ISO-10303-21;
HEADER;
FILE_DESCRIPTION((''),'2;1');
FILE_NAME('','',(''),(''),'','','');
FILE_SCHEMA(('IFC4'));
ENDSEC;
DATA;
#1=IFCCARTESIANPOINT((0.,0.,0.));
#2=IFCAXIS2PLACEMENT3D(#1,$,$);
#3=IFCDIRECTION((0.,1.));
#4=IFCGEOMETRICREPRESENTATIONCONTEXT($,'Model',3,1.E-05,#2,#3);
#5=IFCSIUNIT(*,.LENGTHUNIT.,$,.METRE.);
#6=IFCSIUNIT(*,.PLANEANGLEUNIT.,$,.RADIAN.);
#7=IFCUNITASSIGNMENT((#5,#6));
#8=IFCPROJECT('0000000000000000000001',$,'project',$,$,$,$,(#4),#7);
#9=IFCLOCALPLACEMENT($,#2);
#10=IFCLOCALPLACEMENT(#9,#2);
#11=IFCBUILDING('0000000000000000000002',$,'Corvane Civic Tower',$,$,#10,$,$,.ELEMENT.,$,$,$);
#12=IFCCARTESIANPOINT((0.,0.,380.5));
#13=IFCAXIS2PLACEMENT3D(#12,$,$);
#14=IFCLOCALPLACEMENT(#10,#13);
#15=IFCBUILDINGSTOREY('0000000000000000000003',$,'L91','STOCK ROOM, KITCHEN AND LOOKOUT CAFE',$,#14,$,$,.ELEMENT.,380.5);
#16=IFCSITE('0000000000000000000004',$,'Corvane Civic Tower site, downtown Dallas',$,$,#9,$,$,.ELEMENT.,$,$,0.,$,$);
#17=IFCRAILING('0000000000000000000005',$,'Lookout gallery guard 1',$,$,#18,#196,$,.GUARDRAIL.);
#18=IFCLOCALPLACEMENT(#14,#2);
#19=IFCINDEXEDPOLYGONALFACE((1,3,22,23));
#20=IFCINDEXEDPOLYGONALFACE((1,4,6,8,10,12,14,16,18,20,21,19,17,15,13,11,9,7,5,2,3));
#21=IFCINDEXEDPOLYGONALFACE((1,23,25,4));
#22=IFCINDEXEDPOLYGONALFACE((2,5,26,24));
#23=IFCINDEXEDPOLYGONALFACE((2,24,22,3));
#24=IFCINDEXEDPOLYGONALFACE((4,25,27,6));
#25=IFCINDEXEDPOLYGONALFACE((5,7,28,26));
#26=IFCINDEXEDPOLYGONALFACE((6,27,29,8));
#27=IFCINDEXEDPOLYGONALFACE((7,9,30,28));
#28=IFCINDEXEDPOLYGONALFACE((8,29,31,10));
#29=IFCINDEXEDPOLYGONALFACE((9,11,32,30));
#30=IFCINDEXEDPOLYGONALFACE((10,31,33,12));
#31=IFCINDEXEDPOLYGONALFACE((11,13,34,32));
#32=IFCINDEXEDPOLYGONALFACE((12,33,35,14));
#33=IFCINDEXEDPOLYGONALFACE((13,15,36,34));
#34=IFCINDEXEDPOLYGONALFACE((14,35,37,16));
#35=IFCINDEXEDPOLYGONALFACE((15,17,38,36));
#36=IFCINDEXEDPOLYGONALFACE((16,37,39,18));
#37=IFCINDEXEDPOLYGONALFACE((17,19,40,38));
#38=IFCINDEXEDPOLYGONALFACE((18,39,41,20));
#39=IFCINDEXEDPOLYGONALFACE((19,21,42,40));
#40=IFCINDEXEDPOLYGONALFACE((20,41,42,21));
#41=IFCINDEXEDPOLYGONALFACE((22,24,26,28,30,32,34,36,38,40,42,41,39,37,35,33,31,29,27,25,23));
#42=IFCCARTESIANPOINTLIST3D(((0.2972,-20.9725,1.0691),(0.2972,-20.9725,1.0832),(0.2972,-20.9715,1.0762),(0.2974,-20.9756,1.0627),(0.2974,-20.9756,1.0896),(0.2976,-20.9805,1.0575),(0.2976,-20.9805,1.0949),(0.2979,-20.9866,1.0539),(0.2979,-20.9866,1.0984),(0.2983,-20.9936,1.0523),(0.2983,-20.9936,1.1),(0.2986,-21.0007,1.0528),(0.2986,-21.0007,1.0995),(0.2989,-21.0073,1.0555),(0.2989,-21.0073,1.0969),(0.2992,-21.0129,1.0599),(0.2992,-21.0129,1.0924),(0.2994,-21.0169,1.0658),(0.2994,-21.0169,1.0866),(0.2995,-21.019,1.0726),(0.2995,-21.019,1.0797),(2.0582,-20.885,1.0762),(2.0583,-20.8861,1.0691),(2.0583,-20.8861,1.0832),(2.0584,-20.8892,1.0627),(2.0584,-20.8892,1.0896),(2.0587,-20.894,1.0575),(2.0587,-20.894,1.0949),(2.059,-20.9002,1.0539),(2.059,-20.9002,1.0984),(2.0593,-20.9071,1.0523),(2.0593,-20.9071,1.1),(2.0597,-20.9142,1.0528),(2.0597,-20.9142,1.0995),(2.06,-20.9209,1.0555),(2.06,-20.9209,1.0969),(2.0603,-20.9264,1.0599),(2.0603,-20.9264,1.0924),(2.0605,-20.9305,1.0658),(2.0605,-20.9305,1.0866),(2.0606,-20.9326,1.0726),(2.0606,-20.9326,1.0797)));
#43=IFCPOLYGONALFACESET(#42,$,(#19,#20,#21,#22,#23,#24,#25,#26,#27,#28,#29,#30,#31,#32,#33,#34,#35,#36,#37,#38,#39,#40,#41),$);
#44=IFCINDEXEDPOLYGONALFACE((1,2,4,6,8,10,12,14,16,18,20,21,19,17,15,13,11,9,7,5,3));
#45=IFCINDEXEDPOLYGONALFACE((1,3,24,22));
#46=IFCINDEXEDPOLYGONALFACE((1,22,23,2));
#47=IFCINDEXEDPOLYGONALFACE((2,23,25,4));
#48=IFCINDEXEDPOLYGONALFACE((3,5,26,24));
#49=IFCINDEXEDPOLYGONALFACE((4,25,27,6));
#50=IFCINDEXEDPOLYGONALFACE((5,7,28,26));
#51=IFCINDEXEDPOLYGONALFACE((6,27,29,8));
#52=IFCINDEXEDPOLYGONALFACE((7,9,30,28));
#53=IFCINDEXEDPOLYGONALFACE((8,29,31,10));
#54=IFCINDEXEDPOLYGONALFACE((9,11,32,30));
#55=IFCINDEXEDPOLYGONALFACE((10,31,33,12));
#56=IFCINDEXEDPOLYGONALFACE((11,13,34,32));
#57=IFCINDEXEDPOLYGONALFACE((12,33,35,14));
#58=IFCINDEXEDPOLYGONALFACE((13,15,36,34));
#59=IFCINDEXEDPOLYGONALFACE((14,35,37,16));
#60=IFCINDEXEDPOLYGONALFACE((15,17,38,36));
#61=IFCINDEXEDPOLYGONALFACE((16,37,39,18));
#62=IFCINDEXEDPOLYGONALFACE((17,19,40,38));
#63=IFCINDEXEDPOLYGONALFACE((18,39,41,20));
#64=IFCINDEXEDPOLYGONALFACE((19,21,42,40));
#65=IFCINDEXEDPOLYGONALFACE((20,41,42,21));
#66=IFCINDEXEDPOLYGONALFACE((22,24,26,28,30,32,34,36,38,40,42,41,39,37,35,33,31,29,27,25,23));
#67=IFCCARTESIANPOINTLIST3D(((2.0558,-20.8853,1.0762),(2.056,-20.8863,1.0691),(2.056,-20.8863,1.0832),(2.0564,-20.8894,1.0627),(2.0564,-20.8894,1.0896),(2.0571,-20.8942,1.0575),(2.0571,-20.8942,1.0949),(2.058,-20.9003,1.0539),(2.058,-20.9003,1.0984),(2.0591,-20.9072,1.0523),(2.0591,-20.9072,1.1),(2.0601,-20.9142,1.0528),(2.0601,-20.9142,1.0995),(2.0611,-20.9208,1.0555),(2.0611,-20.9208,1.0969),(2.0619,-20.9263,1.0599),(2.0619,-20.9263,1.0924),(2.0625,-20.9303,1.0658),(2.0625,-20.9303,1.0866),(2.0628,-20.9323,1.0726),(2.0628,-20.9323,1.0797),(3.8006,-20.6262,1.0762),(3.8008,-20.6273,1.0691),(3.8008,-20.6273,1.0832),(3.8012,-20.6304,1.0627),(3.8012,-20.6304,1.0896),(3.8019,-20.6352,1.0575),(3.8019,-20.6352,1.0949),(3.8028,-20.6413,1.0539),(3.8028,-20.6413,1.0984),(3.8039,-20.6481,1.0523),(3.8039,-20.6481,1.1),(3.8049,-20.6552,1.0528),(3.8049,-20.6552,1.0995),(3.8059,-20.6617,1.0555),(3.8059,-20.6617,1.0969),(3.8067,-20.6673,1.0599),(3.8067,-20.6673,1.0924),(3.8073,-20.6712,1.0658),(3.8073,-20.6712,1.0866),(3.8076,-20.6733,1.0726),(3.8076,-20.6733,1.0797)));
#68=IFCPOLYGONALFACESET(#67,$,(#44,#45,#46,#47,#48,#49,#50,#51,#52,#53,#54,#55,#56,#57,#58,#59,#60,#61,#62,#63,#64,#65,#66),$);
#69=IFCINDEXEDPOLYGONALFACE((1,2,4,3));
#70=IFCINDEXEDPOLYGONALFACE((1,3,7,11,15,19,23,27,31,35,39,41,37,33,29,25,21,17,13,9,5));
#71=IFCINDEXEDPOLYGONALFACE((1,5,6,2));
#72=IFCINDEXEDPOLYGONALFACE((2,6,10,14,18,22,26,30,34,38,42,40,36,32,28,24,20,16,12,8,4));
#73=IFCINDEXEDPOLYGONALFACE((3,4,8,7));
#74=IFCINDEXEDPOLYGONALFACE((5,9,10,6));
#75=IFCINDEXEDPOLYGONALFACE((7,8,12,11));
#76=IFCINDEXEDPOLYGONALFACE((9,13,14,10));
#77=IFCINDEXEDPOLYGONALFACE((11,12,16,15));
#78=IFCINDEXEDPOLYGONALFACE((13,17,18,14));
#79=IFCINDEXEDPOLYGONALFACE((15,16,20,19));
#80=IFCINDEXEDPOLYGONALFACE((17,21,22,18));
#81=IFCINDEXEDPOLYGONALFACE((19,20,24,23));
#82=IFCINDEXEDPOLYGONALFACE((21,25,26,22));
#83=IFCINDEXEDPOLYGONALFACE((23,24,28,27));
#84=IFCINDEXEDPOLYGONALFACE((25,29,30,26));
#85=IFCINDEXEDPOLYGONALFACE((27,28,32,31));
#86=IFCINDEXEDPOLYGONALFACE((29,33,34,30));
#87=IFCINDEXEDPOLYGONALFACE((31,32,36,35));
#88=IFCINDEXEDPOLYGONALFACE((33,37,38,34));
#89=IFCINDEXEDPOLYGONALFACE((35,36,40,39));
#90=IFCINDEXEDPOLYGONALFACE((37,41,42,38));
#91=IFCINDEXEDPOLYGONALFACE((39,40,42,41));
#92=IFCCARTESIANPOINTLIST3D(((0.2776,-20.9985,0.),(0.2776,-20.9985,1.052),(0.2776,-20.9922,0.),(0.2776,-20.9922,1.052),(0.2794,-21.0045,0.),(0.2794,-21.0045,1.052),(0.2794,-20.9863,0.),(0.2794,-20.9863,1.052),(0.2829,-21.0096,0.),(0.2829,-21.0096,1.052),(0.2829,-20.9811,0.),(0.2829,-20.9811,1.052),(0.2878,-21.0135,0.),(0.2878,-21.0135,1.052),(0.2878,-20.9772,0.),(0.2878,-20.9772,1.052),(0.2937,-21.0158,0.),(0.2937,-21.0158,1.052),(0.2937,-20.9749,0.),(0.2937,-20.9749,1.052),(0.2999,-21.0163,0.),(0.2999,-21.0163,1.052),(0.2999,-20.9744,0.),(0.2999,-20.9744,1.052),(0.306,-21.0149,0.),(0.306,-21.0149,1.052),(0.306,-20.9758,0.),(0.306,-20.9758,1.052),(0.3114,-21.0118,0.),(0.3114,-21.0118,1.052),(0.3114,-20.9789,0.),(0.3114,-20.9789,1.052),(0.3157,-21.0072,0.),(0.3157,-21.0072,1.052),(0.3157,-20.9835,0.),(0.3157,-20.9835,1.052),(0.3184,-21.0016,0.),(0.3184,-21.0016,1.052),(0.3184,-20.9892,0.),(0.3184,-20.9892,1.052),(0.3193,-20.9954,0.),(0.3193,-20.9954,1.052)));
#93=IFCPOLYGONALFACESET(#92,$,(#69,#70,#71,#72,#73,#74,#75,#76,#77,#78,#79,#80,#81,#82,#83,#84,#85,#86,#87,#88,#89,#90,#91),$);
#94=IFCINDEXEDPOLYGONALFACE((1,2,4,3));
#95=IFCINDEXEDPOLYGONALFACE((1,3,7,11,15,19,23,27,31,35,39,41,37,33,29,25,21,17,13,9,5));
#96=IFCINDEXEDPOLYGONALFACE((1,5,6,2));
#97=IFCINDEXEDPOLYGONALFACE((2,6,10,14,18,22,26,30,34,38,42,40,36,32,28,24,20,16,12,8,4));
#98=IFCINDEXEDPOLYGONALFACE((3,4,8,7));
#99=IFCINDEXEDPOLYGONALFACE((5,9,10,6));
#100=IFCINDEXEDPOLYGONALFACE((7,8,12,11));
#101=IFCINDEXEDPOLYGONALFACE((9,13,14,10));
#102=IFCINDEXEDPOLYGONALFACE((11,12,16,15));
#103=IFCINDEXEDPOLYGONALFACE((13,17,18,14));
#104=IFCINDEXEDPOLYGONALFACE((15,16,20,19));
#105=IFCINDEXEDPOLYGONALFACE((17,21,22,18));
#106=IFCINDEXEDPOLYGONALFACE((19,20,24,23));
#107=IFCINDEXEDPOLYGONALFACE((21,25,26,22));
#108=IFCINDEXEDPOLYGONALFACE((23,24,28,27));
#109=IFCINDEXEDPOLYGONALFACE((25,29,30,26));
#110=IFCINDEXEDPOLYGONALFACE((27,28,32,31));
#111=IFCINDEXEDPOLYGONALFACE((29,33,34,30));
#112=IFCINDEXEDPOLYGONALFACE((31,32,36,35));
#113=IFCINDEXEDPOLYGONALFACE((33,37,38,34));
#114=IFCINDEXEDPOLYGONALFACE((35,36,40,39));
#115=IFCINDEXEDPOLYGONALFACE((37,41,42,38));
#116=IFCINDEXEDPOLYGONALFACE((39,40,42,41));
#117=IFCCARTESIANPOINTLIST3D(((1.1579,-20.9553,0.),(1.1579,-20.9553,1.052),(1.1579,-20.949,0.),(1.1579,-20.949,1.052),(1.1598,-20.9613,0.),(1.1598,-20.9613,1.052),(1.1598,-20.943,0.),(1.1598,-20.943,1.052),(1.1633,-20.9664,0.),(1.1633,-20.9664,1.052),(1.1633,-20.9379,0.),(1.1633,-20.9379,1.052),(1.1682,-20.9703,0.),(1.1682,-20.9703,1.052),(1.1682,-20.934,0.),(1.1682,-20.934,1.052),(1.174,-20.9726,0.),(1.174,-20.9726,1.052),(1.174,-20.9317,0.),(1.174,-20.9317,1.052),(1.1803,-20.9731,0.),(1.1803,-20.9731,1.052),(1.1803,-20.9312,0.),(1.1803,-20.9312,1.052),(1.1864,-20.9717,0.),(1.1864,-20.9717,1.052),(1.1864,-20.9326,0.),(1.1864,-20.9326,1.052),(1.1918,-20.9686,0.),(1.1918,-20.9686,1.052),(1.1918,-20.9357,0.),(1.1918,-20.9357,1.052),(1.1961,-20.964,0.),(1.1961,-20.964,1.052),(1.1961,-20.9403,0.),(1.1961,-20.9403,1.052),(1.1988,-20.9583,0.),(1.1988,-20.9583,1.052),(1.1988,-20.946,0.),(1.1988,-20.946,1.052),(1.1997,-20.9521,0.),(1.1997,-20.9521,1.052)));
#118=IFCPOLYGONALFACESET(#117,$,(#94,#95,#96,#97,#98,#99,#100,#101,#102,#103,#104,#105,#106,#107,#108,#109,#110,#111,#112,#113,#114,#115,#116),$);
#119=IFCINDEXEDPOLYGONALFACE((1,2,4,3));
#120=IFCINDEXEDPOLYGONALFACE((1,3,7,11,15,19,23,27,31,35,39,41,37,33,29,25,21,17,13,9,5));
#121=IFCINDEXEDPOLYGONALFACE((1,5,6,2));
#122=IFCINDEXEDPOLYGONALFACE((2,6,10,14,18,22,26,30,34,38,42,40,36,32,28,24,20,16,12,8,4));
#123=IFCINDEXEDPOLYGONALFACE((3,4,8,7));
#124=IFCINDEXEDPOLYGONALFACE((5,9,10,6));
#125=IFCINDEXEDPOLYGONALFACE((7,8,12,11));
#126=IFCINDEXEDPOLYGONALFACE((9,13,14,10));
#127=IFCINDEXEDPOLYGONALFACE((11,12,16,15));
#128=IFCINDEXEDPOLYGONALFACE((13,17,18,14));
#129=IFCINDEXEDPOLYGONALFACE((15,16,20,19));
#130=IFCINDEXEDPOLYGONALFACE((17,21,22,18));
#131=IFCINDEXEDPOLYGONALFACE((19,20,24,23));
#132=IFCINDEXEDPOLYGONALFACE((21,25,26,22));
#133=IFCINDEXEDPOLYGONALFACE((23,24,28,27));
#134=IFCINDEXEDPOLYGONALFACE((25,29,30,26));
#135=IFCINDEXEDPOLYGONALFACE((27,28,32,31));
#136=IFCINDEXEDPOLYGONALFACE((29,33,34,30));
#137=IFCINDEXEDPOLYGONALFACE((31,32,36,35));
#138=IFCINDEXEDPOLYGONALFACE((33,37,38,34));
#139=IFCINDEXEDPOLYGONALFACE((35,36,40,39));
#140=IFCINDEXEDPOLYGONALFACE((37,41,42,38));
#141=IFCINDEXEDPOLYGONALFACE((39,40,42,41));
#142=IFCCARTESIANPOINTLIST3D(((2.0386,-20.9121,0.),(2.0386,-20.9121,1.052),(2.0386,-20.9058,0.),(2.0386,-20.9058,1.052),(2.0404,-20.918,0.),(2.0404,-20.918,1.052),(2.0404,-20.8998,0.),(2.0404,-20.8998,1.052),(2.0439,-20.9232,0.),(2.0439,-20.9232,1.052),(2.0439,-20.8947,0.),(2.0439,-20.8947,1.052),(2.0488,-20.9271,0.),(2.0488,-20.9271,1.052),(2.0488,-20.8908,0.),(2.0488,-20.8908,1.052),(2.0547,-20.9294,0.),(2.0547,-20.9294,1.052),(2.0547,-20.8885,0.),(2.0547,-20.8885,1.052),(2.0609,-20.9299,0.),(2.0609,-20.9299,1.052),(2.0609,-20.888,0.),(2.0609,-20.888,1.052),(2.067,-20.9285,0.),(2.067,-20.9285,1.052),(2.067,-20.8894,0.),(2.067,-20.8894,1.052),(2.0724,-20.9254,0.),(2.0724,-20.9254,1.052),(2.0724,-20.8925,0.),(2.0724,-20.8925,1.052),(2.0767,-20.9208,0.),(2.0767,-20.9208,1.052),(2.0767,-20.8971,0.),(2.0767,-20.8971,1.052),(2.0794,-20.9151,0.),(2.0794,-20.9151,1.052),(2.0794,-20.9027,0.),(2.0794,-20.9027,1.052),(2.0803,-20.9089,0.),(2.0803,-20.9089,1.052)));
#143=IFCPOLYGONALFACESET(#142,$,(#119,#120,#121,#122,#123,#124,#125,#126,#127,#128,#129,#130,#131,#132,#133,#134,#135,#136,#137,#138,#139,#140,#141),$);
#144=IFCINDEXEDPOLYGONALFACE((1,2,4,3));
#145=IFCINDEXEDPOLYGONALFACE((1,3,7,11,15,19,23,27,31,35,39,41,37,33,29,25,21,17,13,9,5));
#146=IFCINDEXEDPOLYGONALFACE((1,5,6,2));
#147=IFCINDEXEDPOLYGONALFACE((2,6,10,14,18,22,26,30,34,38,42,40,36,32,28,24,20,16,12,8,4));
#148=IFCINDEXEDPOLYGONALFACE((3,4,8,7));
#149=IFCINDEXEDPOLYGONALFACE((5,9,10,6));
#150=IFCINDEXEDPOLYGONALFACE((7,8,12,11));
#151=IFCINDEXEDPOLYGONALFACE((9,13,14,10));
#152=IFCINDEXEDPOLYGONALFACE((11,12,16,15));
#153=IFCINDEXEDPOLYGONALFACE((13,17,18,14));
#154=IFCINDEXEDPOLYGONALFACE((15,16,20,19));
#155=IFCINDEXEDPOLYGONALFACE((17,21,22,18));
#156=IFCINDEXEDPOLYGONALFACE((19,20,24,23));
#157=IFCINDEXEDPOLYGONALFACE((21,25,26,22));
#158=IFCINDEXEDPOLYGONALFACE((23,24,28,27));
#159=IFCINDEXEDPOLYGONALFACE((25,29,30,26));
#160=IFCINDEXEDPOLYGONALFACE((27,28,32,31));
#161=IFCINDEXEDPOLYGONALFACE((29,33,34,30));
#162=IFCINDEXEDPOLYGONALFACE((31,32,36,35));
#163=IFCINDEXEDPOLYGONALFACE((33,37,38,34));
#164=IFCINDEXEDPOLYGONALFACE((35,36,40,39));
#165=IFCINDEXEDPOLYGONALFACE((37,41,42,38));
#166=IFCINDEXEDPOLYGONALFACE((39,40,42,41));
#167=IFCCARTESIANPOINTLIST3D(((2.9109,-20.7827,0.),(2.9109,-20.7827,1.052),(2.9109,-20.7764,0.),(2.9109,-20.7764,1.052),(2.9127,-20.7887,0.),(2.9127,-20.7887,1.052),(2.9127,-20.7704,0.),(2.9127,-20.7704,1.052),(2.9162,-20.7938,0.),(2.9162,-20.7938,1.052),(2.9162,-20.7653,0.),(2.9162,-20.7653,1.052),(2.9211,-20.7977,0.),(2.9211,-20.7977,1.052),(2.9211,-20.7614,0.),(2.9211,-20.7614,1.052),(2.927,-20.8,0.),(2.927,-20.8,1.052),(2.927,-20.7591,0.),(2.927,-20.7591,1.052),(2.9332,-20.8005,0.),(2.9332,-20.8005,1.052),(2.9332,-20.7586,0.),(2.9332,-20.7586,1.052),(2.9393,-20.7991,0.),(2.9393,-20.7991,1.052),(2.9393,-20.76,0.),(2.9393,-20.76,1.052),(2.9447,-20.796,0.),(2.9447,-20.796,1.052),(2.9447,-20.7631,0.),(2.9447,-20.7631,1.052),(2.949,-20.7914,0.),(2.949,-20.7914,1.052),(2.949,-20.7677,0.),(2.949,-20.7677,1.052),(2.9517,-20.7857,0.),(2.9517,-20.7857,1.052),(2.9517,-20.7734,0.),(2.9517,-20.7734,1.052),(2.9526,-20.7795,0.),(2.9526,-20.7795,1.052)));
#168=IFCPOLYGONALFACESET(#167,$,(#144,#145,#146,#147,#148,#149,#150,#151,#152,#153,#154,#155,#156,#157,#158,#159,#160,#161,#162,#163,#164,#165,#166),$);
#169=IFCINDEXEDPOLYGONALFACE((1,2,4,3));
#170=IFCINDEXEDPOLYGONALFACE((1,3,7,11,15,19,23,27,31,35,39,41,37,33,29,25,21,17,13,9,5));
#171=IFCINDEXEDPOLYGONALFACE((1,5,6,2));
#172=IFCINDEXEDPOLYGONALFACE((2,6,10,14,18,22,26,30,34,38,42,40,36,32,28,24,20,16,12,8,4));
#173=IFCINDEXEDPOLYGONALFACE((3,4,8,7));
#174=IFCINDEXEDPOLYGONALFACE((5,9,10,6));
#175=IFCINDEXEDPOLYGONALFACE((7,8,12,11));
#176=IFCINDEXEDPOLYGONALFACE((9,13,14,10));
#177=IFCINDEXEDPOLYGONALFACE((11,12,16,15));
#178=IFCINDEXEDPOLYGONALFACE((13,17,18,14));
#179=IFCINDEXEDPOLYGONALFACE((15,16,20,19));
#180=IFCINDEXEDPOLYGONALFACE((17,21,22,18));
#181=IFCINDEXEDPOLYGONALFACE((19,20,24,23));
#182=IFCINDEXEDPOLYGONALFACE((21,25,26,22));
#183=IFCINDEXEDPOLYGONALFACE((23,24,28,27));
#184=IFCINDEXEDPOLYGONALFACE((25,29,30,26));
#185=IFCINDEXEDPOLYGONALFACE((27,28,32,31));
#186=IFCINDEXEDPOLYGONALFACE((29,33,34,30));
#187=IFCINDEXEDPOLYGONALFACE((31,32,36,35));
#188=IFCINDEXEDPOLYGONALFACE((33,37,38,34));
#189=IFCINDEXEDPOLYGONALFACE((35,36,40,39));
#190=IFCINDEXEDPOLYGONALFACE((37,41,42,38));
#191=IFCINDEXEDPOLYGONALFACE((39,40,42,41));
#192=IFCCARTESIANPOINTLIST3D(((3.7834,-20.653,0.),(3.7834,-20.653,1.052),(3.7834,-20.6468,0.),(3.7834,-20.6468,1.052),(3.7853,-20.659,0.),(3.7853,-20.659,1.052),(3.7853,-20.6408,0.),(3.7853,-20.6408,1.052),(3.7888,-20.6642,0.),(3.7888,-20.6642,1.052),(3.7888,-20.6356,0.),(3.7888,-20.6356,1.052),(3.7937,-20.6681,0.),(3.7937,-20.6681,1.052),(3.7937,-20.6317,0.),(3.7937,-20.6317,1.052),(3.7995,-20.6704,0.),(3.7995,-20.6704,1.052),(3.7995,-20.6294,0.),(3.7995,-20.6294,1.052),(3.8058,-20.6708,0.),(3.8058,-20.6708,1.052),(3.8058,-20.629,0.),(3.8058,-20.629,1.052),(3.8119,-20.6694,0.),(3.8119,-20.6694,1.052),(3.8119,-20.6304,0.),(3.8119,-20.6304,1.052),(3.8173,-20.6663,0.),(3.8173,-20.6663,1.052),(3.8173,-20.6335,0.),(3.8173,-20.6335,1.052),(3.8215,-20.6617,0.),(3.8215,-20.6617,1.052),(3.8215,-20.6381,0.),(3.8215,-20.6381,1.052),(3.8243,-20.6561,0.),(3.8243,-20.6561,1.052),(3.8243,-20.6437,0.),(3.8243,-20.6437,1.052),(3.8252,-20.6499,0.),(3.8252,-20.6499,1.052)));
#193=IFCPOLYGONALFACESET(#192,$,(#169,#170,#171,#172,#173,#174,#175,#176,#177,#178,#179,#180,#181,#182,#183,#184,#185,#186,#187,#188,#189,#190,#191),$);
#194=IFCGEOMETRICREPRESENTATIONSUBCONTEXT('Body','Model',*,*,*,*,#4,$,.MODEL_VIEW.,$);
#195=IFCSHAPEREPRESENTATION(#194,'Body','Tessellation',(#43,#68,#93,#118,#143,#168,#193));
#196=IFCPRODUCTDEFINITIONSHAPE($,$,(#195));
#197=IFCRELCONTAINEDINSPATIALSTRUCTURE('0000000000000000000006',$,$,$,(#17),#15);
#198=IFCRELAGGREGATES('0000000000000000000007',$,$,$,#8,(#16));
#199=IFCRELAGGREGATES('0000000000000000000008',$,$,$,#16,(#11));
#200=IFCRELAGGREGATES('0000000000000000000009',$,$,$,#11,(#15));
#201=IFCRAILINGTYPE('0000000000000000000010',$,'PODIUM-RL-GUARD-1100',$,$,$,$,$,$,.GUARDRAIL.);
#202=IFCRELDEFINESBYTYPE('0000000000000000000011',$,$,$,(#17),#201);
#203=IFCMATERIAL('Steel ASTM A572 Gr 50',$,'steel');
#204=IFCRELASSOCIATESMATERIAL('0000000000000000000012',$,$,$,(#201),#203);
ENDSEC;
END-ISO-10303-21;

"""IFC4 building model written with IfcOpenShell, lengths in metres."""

from ifc_helpers import new_model, si_unit, direction, frame, origin, origin_2d, place, context, subcontext, project, spatial, circle, extrude, material, type_object, element, save


model = new_model("IFC4")

# Units and contexts
model_context = context("Model", 3, precision=1e-05, world=origin(), true_north=direction((0.0, 1.0)))
body_context = subcontext(model_context, "Body", "Model", "MODEL_VIEW")
ifc_project = project(units=[si_unit("LENGTHUNIT", "METRE"), si_unit("PLANEANGLEUNIT", "RADIAN")], contexts=[model_context])

# Site, building, storey
site_placement = place(None, origin())
site = spatial("IfcSite", under=ifc_project, at=site_placement, Name="Corvane Civic Tower site, downtown Dallas", CompositionType="ELEMENT", RefElevation=0.0)
building_placement = place(site_placement, origin())
building = spatial("IfcBuilding", under=site, at=building_placement, Name="Corvane Civic Tower", CompositionType="ELEMENT")
storey_placement = place(building_placement, frame((0.0, 0.0, 380.5)))
storey = spatial("IfcBuildingStorey", under=building, at=storey_placement, Name="L91", Description="STOCK ROOM, KITCHEN AND LOOKOUT CAFE", CompositionType="ELEMENT", Elevation=380.5)

# Railing
ifc_material_1 = material(Name="Steel ASTM A572 Gr 50", Category="steel")
railing_type = type_object("IfcRailingType", Name="PODIUM-RL-GUARD-1100", PredefinedType="GUARDRAIL", material=ifc_material_1)
railing_placement = place(storey_placement, frame((0.2983, -20.9954, 0.0)))
element("IfcRailing", 1, at=railing_placement, inside=storey, type_object=railing_type, Name="Lookout gallery guard 1", PredefinedType="GUARDRAIL", context=body_context, shape_type="SweptSolid", body=[
    extrude(circle(Radius=0.0239, at=origin_2d()), frame((0.0, 0.0, 1.0762), z_axis=(0.998798, 0.049019, 0.0), x_axis=(-0.049019, 0.998798, 0.0)), (0.0, 0.0, 1.0), 1.7632),
    extrude(circle(Radius=0.0239, at=origin_2d()), frame((1.761, 0.0864, 1.0762), z_axis=(0.98916, 0.146845, 0.0), x_axis=(-0.146845, 0.98916, 0.0)), (0.0, 0.0, 1.0), 1.7639),
    extrude(circle(Radius=0.021, at=origin_2d()), origin(), (0.0, 0.0, 1.0), 1.052),
    extrude(circle(Radius=0.021, at=origin_2d()), frame((0.8804, 0.0432, 0.0)), (0.0, 0.0, 1.0), 1.052),
    extrude(circle(Radius=0.021, at=origin_2d()), frame((1.761, 0.0864, 0.0)), (0.0, 0.0, 1.0), 1.052),
    extrude(circle(Radius=0.021, at=origin_2d()), frame((2.6333, 0.2158, 0.0)), (0.0, 0.0, 1.0), 1.052),
    extrude(circle(Radius=0.021, at=origin_2d()), frame((3.5059, 0.3455, 0.0)), (0.0, 0.0, 1.0), 1.052),
])

save(model, "model.ifc")
